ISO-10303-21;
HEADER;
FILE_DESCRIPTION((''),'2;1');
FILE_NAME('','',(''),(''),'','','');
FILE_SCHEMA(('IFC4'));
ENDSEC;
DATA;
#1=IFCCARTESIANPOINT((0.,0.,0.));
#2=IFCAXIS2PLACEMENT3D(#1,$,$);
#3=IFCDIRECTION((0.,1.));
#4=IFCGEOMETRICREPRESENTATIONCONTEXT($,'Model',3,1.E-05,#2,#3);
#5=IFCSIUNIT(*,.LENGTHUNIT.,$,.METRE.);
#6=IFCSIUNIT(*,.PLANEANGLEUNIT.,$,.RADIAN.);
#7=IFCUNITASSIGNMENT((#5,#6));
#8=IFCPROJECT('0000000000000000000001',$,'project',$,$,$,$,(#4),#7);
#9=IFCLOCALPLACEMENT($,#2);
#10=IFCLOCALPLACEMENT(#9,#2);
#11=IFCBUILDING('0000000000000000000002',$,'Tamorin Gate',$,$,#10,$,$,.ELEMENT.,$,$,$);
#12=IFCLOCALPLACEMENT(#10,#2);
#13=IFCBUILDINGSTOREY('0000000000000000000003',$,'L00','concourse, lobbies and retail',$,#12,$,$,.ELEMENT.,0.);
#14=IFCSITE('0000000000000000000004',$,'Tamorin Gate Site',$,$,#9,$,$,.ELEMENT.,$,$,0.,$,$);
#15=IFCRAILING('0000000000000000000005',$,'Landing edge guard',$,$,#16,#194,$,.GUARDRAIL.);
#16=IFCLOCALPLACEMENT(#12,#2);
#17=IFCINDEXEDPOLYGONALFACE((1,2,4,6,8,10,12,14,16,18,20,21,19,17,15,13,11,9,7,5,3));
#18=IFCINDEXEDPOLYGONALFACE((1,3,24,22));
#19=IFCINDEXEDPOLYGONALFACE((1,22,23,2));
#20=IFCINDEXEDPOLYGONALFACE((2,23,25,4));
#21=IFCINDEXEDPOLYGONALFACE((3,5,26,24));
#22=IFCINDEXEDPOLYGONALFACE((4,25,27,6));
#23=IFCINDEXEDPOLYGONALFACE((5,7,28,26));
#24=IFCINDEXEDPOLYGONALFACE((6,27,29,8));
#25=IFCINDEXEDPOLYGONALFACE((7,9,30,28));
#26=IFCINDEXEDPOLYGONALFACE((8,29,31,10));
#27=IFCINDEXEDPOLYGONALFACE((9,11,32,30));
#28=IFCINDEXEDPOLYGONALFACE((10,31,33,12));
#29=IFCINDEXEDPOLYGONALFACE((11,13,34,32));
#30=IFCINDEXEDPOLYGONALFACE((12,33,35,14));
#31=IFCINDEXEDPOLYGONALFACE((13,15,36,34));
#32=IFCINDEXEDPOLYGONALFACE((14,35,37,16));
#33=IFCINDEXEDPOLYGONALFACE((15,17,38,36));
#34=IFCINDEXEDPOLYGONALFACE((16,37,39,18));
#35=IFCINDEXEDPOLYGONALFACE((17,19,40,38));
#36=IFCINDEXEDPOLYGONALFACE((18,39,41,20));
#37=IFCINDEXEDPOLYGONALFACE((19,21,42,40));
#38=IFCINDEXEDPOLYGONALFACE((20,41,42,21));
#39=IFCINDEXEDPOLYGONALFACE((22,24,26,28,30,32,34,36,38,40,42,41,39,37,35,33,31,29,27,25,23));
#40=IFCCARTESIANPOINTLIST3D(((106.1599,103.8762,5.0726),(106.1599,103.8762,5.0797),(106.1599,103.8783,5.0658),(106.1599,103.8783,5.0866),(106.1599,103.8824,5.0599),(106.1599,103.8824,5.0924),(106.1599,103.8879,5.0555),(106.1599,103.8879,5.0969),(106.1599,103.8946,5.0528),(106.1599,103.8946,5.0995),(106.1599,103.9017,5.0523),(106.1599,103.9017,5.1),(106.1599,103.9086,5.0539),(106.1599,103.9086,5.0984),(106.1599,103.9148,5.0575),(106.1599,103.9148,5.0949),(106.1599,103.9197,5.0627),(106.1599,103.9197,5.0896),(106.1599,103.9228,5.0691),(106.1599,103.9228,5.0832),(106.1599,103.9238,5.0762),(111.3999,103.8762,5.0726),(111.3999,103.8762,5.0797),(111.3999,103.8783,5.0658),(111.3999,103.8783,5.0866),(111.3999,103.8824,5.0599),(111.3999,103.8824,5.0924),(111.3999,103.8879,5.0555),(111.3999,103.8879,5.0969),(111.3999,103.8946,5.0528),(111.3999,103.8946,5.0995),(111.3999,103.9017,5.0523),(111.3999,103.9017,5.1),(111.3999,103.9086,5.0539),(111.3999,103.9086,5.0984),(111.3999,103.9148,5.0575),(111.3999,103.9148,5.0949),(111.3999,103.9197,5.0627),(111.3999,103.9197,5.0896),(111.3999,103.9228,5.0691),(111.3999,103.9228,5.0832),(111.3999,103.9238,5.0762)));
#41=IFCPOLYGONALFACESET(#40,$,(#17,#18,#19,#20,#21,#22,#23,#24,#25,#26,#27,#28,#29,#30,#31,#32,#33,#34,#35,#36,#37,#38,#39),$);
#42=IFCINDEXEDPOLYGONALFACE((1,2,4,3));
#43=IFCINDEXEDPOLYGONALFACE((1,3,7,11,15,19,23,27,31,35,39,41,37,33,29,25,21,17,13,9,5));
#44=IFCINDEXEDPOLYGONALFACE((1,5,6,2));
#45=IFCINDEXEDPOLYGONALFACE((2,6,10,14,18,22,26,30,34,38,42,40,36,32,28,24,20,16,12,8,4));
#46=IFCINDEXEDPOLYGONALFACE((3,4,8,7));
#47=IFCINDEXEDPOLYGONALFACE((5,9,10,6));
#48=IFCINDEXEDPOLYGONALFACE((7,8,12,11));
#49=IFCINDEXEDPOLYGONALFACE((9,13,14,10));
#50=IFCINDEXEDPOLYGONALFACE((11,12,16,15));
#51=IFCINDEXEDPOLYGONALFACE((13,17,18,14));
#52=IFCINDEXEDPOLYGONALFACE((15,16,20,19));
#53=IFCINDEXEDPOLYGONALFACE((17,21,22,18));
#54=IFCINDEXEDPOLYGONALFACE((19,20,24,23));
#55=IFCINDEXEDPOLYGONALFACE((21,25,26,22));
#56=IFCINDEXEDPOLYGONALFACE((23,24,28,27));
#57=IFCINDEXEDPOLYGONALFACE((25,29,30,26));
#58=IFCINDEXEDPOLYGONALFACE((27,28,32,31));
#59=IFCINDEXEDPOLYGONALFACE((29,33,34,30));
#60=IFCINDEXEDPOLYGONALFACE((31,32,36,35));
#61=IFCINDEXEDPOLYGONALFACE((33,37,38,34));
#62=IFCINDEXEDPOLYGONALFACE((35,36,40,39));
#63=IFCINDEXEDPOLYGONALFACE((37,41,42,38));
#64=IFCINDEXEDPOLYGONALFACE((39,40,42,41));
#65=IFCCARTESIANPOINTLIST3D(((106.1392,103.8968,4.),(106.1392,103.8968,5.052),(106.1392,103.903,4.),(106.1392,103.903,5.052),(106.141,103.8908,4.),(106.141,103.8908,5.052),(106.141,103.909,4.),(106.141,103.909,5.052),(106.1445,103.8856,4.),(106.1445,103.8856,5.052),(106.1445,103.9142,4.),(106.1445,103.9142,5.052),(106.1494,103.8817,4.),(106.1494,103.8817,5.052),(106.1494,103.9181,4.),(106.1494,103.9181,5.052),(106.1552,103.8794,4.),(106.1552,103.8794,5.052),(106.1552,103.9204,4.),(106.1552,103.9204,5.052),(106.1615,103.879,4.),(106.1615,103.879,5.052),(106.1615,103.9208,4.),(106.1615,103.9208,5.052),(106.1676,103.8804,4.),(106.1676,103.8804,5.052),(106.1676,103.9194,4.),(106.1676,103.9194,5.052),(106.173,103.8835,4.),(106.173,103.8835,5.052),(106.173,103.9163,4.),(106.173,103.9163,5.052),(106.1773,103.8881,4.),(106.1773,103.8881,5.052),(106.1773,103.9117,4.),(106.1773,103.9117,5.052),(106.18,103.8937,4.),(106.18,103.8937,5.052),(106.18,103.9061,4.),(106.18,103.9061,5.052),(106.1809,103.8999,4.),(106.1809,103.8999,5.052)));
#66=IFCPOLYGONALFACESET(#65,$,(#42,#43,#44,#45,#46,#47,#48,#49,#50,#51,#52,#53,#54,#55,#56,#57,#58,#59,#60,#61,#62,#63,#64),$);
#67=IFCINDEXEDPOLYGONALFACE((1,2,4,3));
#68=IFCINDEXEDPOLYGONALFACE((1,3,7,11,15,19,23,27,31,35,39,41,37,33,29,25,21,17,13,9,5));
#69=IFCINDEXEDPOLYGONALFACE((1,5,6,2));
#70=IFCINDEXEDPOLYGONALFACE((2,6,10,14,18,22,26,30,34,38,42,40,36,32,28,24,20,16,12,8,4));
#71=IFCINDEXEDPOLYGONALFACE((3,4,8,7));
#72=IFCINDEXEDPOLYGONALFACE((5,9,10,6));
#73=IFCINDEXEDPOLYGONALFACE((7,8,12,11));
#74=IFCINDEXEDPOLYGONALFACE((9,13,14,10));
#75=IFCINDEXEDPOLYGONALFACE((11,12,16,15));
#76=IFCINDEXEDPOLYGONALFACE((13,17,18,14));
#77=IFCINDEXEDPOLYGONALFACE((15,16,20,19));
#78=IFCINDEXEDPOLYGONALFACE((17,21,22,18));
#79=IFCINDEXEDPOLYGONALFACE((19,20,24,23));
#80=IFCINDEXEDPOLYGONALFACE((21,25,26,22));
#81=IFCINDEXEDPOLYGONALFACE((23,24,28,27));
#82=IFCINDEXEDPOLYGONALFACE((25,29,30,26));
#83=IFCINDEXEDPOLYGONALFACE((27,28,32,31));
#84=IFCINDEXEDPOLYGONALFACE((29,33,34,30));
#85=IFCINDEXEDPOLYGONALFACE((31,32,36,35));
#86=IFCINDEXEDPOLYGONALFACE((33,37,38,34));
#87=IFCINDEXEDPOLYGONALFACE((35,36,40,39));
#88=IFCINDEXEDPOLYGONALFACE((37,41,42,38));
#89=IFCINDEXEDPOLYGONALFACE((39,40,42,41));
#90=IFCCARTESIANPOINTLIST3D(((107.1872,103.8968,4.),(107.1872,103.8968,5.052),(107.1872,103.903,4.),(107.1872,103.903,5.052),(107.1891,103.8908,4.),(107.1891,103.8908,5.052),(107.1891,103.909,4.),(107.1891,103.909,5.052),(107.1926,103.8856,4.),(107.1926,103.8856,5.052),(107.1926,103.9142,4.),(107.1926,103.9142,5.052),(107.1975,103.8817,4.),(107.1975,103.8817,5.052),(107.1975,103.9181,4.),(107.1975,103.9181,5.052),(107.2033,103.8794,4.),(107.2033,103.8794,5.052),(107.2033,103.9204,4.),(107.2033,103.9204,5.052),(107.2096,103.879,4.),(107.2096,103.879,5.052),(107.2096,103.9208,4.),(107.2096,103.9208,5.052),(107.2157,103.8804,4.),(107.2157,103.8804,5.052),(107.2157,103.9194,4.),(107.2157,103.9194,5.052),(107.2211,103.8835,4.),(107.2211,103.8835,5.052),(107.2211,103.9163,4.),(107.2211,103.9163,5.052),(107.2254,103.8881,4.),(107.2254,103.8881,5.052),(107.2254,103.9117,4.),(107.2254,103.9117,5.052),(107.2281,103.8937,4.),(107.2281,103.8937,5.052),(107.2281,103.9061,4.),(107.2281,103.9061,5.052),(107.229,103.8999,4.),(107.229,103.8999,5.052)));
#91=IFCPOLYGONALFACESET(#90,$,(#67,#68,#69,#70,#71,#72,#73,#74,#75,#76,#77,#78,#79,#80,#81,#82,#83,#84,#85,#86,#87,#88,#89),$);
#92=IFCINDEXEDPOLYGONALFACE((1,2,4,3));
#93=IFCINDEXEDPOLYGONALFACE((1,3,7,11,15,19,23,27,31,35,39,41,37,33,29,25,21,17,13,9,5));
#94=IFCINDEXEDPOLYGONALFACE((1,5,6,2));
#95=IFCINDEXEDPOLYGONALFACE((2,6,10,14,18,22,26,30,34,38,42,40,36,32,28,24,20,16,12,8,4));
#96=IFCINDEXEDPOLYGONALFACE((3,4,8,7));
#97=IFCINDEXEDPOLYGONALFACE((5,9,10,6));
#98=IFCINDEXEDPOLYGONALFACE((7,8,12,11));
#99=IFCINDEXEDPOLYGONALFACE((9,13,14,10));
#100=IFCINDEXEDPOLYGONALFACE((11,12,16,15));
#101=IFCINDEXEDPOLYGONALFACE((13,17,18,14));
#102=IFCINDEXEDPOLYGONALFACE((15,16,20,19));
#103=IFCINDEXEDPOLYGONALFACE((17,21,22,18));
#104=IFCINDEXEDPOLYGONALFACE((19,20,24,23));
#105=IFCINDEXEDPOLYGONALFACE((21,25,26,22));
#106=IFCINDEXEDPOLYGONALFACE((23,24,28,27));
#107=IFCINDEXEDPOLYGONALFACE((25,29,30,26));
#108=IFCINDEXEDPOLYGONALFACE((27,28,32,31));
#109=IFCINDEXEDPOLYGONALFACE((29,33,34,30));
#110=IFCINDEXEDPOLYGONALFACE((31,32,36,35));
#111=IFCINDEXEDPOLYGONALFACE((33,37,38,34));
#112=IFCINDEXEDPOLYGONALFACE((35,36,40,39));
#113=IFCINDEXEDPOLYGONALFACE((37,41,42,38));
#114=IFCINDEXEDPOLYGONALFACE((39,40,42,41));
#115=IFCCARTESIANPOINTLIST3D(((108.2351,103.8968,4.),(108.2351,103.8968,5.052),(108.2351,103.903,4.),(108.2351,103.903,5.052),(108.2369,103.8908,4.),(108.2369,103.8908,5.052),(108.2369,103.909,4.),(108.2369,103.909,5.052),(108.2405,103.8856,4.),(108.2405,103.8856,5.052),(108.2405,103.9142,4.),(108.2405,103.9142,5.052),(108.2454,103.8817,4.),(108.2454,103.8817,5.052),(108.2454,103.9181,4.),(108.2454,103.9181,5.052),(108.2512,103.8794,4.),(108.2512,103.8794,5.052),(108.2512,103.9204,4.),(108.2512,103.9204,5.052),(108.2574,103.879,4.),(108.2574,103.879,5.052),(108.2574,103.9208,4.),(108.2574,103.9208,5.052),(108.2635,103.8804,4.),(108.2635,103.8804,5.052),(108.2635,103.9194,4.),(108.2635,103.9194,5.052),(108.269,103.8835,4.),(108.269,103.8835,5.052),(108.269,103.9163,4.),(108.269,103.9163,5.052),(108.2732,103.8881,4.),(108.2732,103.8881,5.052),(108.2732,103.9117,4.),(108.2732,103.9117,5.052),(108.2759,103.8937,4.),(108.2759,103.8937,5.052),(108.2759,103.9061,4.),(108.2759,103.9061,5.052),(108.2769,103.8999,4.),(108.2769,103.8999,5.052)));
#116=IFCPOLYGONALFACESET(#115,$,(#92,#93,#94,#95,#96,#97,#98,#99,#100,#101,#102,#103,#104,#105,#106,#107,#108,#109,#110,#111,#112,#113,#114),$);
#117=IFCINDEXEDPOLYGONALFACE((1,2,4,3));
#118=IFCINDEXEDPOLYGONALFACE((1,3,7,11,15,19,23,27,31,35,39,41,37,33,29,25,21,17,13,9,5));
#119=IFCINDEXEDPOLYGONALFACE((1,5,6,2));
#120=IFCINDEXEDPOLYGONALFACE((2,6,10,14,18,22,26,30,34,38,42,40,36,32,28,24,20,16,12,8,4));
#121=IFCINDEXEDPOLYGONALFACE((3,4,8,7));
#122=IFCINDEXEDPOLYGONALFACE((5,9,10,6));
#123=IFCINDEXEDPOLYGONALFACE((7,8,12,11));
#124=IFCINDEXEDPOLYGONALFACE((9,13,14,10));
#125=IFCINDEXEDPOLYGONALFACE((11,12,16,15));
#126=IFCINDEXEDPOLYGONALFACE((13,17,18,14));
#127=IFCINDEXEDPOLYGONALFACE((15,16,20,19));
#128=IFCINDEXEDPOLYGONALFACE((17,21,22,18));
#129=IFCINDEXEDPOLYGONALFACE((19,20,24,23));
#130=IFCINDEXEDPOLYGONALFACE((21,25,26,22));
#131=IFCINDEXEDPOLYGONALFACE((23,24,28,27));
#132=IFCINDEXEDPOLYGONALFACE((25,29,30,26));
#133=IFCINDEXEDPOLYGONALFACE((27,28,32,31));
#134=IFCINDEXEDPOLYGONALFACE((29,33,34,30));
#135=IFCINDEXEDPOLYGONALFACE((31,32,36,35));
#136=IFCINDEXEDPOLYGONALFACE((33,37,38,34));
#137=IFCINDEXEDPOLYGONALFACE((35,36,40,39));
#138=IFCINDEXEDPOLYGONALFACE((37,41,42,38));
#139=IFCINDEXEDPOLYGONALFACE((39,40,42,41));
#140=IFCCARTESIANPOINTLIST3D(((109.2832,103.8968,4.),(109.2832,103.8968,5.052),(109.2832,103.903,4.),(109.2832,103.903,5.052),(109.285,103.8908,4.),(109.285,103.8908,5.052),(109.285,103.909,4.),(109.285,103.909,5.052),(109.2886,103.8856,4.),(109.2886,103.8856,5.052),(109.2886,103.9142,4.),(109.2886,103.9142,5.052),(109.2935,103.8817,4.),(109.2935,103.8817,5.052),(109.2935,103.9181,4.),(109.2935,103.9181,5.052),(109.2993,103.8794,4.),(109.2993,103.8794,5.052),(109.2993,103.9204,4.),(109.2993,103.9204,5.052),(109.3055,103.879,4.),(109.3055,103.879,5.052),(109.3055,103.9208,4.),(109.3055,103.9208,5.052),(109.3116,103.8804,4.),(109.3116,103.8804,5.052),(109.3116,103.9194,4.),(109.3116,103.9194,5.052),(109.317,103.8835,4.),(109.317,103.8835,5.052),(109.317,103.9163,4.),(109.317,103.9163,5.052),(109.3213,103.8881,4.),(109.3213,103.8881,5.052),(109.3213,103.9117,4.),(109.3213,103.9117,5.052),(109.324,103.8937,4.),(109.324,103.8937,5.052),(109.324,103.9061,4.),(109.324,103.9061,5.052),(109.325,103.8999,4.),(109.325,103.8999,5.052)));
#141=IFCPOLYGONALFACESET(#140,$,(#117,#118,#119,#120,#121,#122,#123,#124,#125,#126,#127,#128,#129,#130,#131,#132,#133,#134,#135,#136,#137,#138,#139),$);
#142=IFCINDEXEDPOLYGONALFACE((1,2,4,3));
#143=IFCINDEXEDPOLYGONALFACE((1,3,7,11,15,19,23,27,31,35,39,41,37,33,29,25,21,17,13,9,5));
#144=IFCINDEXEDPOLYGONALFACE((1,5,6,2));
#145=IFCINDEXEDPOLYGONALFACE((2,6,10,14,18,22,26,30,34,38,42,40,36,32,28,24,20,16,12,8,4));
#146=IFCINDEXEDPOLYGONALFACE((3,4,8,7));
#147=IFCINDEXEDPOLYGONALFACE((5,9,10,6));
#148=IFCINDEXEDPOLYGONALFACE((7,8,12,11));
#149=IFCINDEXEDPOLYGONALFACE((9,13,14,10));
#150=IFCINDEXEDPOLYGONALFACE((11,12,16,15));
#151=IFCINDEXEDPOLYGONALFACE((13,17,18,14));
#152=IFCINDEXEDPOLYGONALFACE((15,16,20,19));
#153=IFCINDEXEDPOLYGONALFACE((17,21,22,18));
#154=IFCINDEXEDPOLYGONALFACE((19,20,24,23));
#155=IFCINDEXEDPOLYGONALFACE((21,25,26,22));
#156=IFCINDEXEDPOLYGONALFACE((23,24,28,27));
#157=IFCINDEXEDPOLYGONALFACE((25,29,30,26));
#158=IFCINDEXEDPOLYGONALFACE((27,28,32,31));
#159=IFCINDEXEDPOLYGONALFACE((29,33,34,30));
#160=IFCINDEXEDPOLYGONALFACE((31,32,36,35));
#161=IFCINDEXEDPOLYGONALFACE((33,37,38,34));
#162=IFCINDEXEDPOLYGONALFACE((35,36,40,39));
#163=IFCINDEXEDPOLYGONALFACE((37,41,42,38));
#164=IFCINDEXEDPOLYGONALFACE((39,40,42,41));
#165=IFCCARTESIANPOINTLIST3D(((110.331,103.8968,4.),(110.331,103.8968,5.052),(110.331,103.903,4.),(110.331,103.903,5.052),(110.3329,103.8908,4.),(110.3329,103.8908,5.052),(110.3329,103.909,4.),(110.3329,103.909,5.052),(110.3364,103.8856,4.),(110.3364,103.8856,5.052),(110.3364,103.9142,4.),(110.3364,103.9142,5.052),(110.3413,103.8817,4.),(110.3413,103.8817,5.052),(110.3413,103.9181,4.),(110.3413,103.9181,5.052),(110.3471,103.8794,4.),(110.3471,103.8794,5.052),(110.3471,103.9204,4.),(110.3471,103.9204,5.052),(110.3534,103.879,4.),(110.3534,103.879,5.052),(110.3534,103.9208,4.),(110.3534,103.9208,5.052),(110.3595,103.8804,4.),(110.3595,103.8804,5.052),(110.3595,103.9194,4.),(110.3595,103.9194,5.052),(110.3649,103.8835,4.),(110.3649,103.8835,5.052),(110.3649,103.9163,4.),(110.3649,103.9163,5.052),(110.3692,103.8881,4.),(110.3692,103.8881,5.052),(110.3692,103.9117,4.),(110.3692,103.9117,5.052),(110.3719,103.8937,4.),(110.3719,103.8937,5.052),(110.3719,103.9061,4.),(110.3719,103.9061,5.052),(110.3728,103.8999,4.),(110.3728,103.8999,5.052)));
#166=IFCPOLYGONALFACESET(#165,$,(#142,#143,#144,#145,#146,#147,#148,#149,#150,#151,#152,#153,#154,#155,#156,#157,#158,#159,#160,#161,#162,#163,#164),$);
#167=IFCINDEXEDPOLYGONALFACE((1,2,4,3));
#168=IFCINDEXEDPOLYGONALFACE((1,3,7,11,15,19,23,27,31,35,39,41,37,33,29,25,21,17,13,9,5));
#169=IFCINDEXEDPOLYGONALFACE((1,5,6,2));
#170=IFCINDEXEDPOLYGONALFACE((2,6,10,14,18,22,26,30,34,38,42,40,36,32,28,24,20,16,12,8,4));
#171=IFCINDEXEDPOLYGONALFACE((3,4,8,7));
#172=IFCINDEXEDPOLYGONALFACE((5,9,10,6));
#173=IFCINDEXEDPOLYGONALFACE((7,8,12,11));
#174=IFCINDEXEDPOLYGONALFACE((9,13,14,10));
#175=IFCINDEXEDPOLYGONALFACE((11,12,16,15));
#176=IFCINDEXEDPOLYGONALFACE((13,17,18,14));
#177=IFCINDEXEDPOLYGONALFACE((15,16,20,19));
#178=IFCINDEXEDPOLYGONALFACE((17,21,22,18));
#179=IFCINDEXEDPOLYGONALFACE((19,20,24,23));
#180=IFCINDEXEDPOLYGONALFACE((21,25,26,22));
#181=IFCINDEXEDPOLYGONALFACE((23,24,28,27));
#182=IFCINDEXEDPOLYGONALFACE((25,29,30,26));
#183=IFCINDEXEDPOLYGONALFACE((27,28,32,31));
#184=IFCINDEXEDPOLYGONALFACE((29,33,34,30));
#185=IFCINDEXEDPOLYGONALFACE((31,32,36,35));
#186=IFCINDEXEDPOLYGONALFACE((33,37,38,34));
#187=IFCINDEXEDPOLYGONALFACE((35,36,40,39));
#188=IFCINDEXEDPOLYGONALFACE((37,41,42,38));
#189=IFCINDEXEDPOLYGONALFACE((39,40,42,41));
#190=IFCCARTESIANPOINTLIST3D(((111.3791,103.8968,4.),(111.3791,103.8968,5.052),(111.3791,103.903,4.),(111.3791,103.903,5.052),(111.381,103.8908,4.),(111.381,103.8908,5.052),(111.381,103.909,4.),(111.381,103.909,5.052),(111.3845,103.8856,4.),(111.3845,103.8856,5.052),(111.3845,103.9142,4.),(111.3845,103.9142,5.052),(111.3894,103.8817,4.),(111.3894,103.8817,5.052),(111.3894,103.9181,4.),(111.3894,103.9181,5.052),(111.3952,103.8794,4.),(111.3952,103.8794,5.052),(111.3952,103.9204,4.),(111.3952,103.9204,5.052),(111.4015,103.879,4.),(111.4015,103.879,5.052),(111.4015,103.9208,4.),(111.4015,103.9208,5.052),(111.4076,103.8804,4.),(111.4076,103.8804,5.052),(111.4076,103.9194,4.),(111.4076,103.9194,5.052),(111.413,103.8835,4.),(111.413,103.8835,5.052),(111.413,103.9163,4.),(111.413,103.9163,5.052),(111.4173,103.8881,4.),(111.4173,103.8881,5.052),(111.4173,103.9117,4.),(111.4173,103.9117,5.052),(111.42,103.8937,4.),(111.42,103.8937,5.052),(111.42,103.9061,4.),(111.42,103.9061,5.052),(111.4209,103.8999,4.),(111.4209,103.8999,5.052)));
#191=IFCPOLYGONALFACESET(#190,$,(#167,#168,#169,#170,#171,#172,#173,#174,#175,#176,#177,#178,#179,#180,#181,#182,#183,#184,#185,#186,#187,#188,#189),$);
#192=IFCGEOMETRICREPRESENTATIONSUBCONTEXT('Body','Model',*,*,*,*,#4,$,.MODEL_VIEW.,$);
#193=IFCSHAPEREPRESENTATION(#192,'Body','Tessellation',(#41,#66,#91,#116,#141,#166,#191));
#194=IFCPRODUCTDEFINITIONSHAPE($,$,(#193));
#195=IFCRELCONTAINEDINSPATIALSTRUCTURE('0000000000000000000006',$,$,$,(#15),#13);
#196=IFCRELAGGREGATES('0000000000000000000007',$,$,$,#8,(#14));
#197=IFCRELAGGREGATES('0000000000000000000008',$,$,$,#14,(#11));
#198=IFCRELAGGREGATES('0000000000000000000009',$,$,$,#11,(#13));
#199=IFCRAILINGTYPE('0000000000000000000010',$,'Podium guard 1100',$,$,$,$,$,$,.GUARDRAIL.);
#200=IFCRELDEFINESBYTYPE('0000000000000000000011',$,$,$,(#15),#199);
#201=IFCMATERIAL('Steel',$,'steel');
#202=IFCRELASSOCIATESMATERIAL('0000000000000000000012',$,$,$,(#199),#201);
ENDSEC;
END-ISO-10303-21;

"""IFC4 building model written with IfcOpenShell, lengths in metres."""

from ifc_helpers import new_model, si_unit, direction, frame, origin, origin_2d, place, context, subcontext, project, spatial, circle, extrude, material, type_object, element, save


model = new_model("IFC4")

# Units and contexts
model_context = context("Model", 3, precision=1e-05, world=origin(), true_north=direction((0.0, 1.0)))
body_context = subcontext(model_context, "Body", "Model", "MODEL_VIEW")
ifc_project = project(units=[si_unit("LENGTHUNIT", "METRE"), si_unit("PLANEANGLEUNIT", "RADIAN")], contexts=[model_context])

# Site, building, storey
site_placement = place(None, origin())
site = spatial("IfcSite", under=ifc_project, at=site_placement, Name="Tamorin Gate Site", CompositionType="ELEMENT", RefElevation=0.0)
building_placement = place(site_placement, origin())
building = spatial("IfcBuilding", under=site, at=building_placement, Name="Tamorin Gate", CompositionType="ELEMENT")
storey_placement = place(building_placement, origin())
storey = spatial("IfcBuildingStorey", under=building, at=storey_placement, Name="L00", Description="concourse, lobbies and retail", CompositionType="ELEMENT", Elevation=0.0)

# Railing
ifc_material_1 = material(Name="Steel", Category="steel")
railing_type_1 = type_object("IfcRailingType", Name="Podium guard 1100", PredefinedType="GUARDRAIL", material=ifc_material_1)
railing_1_placement = place(storey_placement, frame((106.1599, 103.8999, 4.0)))
element("IfcRailing", 1, at=railing_1_placement, inside=storey, type_object=railing_type_1, Name="Landing edge guard", PredefinedType="GUARDRAIL", context=body_context, shape_type="SweptSolid", body=[
    extrude(circle(Radius=0.0239, at=origin_2d()), frame((0.0, 0.0, 1.0762), z_axis=(1.0, 0.0, 0.0), x_axis=(0.0, 1.0, 0.0)), (0.0, 0.0, 1.0), 5.24),
    extrude(circle(Radius=0.021, at=origin_2d()), origin(), (0.0, 0.0, 1.0), 1.052),
    extrude(circle(Radius=0.021, at=origin_2d()), frame((1.0481, 0.0, 0.0)), (0.0, 0.0, 1.0), 1.052),
    extrude(circle(Radius=0.021, at=origin_2d()), frame((2.0959, 0.0, 0.0)), (0.0, 0.0, 1.0), 1.052),
    extrude(circle(Radius=0.021, at=origin_2d()), frame((3.144, 0.0, 0.0)), (0.0, 0.0, 1.0), 1.052),
    extrude(circle(Radius=0.021, at=origin_2d()), frame((4.1919, 0.0, 0.0)), (0.0, 0.0, 1.0), 1.052),
    extrude(circle(Radius=0.021, at=origin_2d()), frame((5.24, 0.0, 0.0)), (0.0, 0.0, 1.0), 1.052),
])

save(model, "model.ifc")
